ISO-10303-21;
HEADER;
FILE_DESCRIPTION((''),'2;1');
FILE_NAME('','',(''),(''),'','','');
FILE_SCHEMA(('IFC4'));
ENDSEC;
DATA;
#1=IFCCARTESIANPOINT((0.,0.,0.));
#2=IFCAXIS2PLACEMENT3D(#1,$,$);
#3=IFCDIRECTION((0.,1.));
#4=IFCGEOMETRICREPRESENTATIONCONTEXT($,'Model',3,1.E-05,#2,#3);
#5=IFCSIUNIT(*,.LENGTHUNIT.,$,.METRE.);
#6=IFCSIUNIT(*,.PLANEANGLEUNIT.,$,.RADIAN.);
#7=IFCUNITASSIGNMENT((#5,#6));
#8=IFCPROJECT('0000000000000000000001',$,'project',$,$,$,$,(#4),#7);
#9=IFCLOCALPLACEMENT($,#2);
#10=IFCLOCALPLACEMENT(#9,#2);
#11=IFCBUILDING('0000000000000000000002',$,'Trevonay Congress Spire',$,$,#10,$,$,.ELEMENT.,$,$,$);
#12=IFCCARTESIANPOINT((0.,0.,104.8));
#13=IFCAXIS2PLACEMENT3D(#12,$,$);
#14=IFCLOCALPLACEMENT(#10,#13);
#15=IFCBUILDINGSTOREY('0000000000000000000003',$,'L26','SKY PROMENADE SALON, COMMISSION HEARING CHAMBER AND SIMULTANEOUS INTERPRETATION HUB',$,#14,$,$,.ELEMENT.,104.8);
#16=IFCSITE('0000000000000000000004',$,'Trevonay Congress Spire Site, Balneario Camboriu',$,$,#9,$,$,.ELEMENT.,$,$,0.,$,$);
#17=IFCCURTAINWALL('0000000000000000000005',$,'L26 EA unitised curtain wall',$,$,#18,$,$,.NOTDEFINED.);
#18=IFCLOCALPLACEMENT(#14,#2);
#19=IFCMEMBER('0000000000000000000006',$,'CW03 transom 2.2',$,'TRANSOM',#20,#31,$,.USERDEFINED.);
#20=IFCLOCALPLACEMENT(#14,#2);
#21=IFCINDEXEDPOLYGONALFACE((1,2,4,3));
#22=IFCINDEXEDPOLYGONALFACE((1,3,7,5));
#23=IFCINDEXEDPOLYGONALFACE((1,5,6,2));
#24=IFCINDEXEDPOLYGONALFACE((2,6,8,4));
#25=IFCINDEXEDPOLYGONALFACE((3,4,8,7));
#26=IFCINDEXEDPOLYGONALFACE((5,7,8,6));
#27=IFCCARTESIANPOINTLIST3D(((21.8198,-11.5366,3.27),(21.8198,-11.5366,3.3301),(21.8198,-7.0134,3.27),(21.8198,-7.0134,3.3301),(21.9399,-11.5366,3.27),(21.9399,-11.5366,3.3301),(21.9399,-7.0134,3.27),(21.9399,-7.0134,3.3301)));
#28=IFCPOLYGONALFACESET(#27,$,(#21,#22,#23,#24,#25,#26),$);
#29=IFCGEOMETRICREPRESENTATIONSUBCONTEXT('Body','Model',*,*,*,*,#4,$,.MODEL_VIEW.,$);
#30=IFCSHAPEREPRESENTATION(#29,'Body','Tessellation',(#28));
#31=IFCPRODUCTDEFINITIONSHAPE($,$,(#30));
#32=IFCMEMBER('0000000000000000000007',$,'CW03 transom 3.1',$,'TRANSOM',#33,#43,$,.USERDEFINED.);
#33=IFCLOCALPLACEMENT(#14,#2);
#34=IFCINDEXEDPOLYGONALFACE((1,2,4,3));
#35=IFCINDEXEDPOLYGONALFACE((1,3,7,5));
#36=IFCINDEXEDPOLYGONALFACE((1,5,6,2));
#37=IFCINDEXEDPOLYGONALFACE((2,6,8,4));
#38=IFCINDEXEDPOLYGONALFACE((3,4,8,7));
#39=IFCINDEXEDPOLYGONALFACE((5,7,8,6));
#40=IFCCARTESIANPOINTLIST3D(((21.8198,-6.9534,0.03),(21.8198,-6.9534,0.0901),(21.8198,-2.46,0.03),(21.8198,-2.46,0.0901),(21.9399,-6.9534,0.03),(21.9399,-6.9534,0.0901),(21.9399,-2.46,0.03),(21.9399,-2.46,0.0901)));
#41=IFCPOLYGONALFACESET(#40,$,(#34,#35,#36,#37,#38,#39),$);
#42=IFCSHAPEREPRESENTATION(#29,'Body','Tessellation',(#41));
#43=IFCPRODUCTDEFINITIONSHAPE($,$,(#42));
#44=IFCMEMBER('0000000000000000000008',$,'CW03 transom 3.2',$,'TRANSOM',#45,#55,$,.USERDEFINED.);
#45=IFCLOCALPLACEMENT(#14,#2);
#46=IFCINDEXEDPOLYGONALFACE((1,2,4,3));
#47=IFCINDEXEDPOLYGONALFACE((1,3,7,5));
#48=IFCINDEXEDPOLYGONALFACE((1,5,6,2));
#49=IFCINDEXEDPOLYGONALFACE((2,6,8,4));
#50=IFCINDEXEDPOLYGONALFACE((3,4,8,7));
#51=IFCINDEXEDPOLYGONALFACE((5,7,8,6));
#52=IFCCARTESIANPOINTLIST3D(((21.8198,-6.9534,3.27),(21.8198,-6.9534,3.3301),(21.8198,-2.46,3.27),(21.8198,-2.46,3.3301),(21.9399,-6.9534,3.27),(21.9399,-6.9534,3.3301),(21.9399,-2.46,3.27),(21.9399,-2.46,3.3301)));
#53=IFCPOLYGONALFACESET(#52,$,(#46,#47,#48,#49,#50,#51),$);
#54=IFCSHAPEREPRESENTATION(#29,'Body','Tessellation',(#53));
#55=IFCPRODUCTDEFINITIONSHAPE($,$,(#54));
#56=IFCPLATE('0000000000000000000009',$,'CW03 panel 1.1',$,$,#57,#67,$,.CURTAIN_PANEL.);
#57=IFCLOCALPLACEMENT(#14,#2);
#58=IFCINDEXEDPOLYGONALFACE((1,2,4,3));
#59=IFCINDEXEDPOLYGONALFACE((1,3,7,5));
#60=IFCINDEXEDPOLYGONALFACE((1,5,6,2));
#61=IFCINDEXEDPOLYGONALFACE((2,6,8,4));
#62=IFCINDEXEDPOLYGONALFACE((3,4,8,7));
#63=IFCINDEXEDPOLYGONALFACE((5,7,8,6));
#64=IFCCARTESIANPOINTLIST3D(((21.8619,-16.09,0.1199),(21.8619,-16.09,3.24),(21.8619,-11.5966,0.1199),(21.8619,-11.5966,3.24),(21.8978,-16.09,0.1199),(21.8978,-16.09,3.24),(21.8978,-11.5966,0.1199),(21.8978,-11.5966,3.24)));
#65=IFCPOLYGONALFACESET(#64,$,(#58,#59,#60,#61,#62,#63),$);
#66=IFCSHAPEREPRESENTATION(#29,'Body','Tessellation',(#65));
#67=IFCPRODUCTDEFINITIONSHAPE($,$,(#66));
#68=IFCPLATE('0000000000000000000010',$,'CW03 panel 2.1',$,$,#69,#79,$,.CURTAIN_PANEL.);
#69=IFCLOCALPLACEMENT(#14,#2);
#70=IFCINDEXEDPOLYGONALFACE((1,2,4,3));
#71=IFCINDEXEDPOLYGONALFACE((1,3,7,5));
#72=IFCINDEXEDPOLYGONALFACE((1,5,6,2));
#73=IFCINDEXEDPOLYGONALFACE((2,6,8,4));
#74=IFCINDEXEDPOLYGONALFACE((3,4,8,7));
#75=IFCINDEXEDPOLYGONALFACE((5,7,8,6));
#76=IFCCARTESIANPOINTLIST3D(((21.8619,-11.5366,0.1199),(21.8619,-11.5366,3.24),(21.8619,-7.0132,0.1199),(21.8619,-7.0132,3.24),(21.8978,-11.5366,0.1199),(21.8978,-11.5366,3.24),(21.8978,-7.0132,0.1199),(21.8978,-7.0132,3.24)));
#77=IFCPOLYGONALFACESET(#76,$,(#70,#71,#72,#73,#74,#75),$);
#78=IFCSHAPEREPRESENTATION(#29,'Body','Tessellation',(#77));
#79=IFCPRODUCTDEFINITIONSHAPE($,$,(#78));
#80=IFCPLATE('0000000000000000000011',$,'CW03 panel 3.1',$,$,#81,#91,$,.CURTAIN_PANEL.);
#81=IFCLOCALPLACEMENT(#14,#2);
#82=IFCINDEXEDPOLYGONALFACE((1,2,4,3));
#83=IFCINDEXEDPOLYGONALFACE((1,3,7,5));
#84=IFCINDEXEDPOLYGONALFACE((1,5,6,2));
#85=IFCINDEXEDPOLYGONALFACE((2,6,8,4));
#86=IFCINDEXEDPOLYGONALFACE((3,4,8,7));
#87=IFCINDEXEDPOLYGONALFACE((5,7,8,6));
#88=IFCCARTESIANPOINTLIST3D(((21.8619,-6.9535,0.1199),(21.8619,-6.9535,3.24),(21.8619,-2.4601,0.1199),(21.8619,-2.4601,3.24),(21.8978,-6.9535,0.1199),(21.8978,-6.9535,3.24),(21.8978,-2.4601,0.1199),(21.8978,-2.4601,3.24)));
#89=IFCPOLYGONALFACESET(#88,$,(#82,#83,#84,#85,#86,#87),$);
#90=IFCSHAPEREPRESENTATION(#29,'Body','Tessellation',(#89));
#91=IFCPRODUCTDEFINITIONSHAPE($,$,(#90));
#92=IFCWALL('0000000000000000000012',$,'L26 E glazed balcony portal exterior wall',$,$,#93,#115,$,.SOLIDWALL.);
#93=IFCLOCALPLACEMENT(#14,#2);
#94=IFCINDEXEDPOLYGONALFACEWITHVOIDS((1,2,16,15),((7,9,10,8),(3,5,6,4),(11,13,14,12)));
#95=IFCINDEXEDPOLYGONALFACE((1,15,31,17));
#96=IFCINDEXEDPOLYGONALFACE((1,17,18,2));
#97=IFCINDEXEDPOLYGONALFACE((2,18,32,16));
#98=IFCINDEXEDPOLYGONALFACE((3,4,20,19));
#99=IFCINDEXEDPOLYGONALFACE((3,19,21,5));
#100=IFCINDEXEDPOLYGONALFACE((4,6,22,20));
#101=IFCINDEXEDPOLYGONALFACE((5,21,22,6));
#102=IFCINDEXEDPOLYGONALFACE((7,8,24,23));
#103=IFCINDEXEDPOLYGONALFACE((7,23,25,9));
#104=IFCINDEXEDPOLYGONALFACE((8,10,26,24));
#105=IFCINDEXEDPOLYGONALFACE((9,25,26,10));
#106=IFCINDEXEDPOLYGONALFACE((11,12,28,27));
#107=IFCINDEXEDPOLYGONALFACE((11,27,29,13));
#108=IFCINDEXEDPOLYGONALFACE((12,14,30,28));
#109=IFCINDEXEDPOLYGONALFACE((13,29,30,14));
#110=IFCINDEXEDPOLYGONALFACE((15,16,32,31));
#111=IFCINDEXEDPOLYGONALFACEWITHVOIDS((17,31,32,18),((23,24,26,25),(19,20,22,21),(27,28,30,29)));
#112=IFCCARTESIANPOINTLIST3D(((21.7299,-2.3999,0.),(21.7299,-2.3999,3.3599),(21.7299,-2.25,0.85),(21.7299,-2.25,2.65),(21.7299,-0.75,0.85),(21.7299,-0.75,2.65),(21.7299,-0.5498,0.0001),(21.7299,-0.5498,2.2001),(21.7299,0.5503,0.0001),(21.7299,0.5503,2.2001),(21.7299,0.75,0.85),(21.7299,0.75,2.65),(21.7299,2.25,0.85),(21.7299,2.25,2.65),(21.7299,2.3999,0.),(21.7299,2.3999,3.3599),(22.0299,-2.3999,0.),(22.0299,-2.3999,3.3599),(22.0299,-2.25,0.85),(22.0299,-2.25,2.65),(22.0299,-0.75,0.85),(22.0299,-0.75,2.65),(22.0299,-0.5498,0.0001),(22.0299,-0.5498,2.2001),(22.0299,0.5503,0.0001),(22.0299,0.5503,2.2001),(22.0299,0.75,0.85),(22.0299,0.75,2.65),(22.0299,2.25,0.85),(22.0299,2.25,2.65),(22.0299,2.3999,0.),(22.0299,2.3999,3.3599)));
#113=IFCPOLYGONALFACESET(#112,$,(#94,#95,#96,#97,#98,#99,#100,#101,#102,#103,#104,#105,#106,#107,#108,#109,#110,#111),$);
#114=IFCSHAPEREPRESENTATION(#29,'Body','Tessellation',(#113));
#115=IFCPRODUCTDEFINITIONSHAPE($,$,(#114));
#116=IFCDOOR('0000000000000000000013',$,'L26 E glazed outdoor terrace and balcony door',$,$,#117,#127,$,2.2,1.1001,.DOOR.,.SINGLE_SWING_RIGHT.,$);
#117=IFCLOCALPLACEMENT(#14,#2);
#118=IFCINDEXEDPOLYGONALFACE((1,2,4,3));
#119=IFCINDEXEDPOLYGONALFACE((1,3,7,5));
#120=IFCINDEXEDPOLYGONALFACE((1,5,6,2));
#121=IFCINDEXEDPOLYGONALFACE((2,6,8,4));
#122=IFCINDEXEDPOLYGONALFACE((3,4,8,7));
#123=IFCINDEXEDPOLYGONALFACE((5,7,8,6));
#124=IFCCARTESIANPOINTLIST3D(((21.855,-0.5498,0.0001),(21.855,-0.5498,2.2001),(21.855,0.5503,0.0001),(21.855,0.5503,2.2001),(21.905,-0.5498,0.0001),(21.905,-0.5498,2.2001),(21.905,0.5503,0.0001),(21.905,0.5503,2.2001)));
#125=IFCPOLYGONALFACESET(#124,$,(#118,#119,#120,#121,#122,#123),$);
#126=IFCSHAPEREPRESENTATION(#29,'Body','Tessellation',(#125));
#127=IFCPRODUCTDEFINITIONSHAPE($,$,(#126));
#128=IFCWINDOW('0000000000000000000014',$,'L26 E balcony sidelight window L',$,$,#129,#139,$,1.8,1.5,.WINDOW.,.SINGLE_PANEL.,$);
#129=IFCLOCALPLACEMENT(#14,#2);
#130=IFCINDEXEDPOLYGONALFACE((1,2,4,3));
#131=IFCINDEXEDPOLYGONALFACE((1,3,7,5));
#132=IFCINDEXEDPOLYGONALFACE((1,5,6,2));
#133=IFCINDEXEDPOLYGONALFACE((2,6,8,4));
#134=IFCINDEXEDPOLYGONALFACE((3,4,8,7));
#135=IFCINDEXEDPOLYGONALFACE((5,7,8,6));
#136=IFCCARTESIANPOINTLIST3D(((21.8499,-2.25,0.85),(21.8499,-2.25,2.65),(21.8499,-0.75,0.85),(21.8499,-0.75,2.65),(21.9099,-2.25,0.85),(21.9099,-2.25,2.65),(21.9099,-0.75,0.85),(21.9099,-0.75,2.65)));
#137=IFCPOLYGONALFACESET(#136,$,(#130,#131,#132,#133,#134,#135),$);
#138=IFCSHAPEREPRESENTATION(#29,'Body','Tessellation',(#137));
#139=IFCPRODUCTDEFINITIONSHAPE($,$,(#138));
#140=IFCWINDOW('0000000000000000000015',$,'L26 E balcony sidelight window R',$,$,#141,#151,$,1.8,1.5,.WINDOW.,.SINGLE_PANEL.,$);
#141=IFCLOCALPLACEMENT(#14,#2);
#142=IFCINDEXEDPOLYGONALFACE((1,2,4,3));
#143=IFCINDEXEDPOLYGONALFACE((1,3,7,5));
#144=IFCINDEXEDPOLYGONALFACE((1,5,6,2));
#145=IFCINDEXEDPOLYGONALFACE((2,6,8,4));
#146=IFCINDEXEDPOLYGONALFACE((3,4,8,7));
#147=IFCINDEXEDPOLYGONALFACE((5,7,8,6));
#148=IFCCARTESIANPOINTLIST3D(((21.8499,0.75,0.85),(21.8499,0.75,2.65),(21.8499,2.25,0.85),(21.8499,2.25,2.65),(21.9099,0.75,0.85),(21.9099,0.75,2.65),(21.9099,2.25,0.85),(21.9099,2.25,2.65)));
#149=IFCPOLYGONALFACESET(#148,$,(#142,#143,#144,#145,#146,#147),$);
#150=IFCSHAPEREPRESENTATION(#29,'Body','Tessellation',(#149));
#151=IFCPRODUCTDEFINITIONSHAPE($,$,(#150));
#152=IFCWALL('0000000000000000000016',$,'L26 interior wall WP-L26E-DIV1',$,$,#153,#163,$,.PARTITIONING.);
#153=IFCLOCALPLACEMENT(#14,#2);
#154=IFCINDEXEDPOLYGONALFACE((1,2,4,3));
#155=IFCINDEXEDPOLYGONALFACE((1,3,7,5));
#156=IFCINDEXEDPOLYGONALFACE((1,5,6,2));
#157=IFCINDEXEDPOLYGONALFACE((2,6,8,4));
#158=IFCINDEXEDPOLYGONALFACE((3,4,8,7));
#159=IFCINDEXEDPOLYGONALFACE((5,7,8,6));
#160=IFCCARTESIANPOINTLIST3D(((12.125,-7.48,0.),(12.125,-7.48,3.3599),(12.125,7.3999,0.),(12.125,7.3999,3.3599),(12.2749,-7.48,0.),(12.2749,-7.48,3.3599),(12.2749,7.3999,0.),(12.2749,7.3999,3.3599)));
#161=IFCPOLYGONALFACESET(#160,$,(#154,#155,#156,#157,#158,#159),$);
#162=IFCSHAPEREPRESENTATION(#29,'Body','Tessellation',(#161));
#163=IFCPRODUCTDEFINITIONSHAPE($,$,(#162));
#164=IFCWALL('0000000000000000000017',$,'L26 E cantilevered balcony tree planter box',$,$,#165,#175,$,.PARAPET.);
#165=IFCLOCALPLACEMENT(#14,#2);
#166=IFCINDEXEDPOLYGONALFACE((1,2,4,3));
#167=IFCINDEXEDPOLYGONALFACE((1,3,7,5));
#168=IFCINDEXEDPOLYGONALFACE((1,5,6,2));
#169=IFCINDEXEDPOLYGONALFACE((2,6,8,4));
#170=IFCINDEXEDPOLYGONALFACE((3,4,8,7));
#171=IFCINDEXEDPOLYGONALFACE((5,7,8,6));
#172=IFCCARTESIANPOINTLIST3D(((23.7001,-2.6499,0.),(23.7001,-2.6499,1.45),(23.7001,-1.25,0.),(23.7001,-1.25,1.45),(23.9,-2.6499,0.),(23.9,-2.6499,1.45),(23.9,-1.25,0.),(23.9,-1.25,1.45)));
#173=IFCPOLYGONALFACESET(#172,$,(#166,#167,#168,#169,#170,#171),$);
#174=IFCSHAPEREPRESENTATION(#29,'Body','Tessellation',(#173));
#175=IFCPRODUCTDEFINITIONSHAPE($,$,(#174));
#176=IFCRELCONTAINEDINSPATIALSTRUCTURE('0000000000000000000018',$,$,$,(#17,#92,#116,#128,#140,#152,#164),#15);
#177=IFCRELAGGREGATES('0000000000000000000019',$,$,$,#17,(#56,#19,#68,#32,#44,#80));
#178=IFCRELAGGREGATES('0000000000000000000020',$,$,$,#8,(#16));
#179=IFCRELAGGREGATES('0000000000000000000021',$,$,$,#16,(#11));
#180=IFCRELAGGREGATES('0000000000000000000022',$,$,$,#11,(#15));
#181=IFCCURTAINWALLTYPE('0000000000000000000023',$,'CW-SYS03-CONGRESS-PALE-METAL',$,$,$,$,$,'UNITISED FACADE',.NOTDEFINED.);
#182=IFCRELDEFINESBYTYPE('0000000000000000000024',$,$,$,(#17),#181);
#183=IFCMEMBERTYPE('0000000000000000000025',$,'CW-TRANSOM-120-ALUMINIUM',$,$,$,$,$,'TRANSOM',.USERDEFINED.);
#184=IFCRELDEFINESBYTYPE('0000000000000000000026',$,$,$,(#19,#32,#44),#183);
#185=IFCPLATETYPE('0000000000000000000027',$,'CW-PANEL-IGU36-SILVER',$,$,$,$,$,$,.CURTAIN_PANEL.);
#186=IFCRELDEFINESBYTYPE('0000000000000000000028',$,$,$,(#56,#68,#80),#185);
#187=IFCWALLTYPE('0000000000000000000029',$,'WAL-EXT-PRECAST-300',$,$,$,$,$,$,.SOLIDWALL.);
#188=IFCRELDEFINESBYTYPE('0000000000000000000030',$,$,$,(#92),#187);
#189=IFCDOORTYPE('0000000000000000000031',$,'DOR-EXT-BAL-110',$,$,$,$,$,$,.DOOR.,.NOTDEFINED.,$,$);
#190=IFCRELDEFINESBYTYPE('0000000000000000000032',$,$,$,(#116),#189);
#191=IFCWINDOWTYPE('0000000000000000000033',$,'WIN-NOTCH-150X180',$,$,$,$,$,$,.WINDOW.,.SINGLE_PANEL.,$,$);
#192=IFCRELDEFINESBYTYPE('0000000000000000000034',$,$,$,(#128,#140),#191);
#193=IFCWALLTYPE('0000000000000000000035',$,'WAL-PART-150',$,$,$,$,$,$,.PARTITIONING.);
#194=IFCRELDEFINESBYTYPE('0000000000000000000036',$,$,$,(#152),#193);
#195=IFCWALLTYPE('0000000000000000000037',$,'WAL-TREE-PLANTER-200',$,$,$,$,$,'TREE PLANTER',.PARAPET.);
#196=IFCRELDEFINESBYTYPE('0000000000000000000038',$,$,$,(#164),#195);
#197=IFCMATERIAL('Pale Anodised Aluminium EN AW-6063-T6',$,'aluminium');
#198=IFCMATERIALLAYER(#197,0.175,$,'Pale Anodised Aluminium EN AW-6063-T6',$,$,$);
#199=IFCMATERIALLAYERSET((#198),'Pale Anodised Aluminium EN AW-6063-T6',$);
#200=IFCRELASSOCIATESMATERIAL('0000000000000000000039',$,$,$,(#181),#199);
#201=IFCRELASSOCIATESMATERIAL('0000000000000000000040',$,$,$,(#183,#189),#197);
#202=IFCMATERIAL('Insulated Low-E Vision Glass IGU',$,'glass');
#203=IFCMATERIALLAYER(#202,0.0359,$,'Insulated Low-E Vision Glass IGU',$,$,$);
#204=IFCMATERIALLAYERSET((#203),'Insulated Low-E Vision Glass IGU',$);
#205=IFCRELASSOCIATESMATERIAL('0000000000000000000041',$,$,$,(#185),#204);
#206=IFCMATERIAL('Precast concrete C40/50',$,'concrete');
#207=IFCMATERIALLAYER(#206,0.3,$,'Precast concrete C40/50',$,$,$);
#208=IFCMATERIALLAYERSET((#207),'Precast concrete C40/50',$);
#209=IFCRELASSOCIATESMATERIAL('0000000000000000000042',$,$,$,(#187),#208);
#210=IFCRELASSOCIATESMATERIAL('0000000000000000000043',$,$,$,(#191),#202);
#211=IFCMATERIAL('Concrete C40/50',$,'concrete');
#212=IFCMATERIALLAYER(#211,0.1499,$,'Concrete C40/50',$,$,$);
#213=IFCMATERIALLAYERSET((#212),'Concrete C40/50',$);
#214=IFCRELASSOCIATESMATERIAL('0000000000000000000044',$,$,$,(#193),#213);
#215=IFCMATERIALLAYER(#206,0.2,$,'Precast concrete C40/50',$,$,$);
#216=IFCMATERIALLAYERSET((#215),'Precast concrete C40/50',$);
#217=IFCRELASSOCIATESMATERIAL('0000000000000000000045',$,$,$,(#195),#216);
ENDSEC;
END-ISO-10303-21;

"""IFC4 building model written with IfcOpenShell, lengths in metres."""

from ifc_helpers import new_model, si_unit, direction, frame, frame_2d, origin, origin_2d, place, context, subcontext, project, spatial, rectangle, extrude, material, layer, layer_set, material_profile, profile_set, type_object, element, fill, aggregate, save


model = new_model("IFC4")

# Units and contexts
model_context = context("Model", 3, precision=1e-05, world=origin(), true_north=direction((0.0, 1.0)))
body_context = subcontext(model_context, "Body", "Model", "MODEL_VIEW")
ifc_project = project(units=[si_unit("LENGTHUNIT", "METRE"), si_unit("PLANEANGLEUNIT", "RADIAN")], contexts=[model_context])

# Site, building, storey
site_placement = place(None, origin())
site = spatial("IfcSite", under=ifc_project, at=site_placement, Name="Trevonay Congress Spire Site, Balneario Camboriu", CompositionType="ELEMENT", RefElevation=0.0)
building_placement = place(site_placement, origin())
building = spatial("IfcBuilding", under=site, at=building_placement, Name="Trevonay Congress Spire", CompositionType="ELEMENT")
storey_placement = place(building_placement, frame((0.0, 0.0, 104.8)))
storey = spatial("IfcBuildingStorey", under=building, at=storey_placement, Name="L26", Description="SKY PROMENADE SALON, COMMISSION HEARING CHAMBER AND SIMULTANEOUS INTERPRETATION HUB", CompositionType="ELEMENT", Elevation=104.8)

# Curtain wall, members, plates
ifc_material_1 = material(Name="Pale Anodised Aluminium EN AW-6063-T6", Category="aluminium")
ifc_layer_1 = layer(ifc_material_1, 0.175, Name="Pale Anodised Aluminium EN AW-6063-T6")
ifc_layer_set_1 = layer_set([ifc_layer_1], Name="Pale Anodised Aluminium EN AW-6063-T6")
curtain_wall_type = type_object("IfcCurtainWallType", Name="CW-SYS03-CONGRESS-PALE-METAL", ElementType="UNITISED FACADE", PredefinedType="NOTDEFINED", material=ifc_layer_set_1)
curtain_wall_placement = place(storey_placement, origin())
curtain_wall = element("IfcCurtainWall", 1, at=curtain_wall_placement, inside=storey, type_object=curtain_wall_type, Name="L26 EA unitised curtain wall", PredefinedType="NOTDEFINED")
ifc_material_profile_1 = material_profile(ifc_material_1, rectangle(XDim=0.1201, YDim=0.0601, at=origin_2d()), Name="CW-TRANSOM-120-ALUMINIUM")
ifc_profile_set_1 = profile_set([ifc_material_profile_1], Name="Pale Anodised Aluminium EN AW-6063-T6")
member_type_1 = type_object("IfcMemberType", Name="CW-TRANSOM-120-ALUMINIUM", ElementType="TRANSOM", PredefinedType="USERDEFINED", material=ifc_profile_set_1)
member_1_placement = place(storey_placement, frame((21.8799, -11.5366, 3.3), z_axis=(0.0, 1.0, 0.0), x_axis=(-1.0, 0.0, 0.0)))
member_1 = element("IfcMember", 2, at=member_1_placement, type_object=member_type_1, Name="CW03 transom 2.2", ObjectType="TRANSOM", PredefinedType="USERDEFINED", context=body_context, shape_type="SweptSolid", body=[
    extrude(rectangle(XDim=0.1201, YDim=0.0601, at=origin_2d()), origin(), (0.0, 0.0, 1.0), 4.5232),
])
member_2_placement = place(storey_placement, frame((21.8799, -6.9534, 0.0601), z_axis=(0.0, 1.0, 0.0), x_axis=(-1.0, 0.0, 0.0)))
member_2 = element("IfcMember", 3, at=member_2_placement, type_object=member_type_1, Name="CW03 transom 3.1", ObjectType="TRANSOM", PredefinedType="USERDEFINED", context=body_context, shape_type="SweptSolid", body=[
    extrude(rectangle(XDim=0.1201, YDim=0.0601, at=origin_2d()), origin(), (0.0, 0.0, 1.0), 4.4934),
])
member_3_placement = place(storey_placement, frame((21.8799, -6.9534, 3.3), z_axis=(0.0, 1.0, 0.0), x_axis=(-1.0, 0.0, 0.0)))
member_3 = element("IfcMember", 4, at=member_3_placement, type_object=member_type_1, Name="CW03 transom 3.2", ObjectType="TRANSOM", PredefinedType="USERDEFINED", context=body_context, shape_type="SweptSolid", body=[
    extrude(rectangle(XDim=0.1201, YDim=0.0601, at=origin_2d()), origin(), (0.0, 0.0, 1.0), 4.4934),
])
ifc_material_2 = material(Name="Insulated Low-E Vision Glass IGU", Category="glass")
ifc_layer_2 = layer(ifc_material_2, 0.0359, Name="Insulated Low-E Vision Glass IGU")
ifc_layer_set_2 = layer_set([ifc_layer_2], Name="Insulated Low-E Vision Glass IGU")
plate_type = type_object("IfcPlateType", Name="CW-PANEL-IGU36-SILVER", PredefinedType="CURTAIN_PANEL", material=ifc_layer_set_2)
plate_1_placement = place(storey_placement, frame((21.8799, -13.8433, 0.1199), z_axis=(0.0, 0.0, 1.0), x_axis=(0.0, 1.0, 0.0)))
plate_1 = element("IfcPlate", 5, at=plate_1_placement, type_object=plate_type, Name="CW03 panel 1.1", PredefinedType="CURTAIN_PANEL", context=body_context, shape_type="SweptSolid", body=[
    extrude(rectangle(XDim=4.4934, YDim=0.0359, at=origin_2d()), origin(), (0.0, 0.0, 1.0), 3.1201),
])
plate_2_placement = place(storey_placement, frame((21.8799, -9.2749, 0.1199), z_axis=(0.0, 0.0, 1.0), x_axis=(0.0, 1.0, 0.0)))
plate_2 = element("IfcPlate", 6, at=plate_2_placement, type_object=plate_type, Name="CW03 panel 2.1", PredefinedType="CURTAIN_PANEL", context=body_context, shape_type="SweptSolid", body=[
    extrude(rectangle(XDim=4.5234, YDim=0.0359, at=origin_2d()), origin(), (0.0, 0.0, 1.0), 3.1201),
])
plate_3_placement = place(storey_placement, frame((21.8799, -4.7068, 0.1199), z_axis=(0.0, 0.0, 1.0), x_axis=(0.0, 1.0, 0.0)))
plate_3 = element("IfcPlate", 7, at=plate_3_placement, type_object=plate_type, Name="CW03 panel 3.1", PredefinedType="CURTAIN_PANEL", context=body_context, shape_type="SweptSolid", body=[
    extrude(rectangle(XDim=4.4934, YDim=0.0359, at=origin_2d()), origin(), (0.0, 0.0, 1.0), 3.1201),
])
aggregate(curtain_wall, [plate_1, member_1, plate_2, member_2, member_3, plate_3])

# Wall, openings, door, windows
ifc_material_3 = material(Name="Precast concrete C40/50", Category="concrete")
ifc_layer_3 = layer(ifc_material_3, 0.3, Name="Precast concrete C40/50")
ifc_layer_set_3 = layer_set([ifc_layer_3], Name="Precast concrete C40/50")
wall_type_1 = type_object("IfcWallType", Name="WAL-EXT-PRECAST-300", PredefinedType="SOLIDWALL", material=ifc_layer_set_3)
wall_1_placement = place(storey_placement, frame((21.8799, -2.3999, 0.0), z_axis=(0.0, 0.0, 1.0), x_axis=(0.0, 1.0, 0.0)))
wall_1 = element("IfcWall", 8, at=wall_1_placement, inside=storey, type_object=wall_type_1, Name="L26 E glazed balcony portal exterior wall", PredefinedType="SOLIDWALL", context=body_context, shape_type="SweptSolid", body=[
    extrude(rectangle(XDim=4.7998, YDim=0.3, at=frame_2d((2.3999, 0.0))), origin(), (0.0, 0.0, 1.0), 3.3599),
])
opening_1_placement = place(wall_1_placement, frame((1.8501, 0.0, 0.0)))
opening_1 = element("IfcOpeningElement", 9, at=opening_1_placement, cuts=wall_1, PredefinedType="OPENING", context=body_context, shape_type="SweptSolid", body=[
    extrude(rectangle(XDim=1.1001, YDim=2.2, at=frame_2d((0.55, 1.1001))), frame((0.0, 0.1602, 0.0), z_axis=(0.0, -1.0, 0.0), x_axis=(1.0, 0.0, 0.0)), (0.0, 0.0, 1.0), 0.3201),
])
opening_2_placement = place(wall_1_placement, frame((0.1499, 0.0, 0.8501)))
opening_2 = element("IfcOpeningElement", 10, at=opening_2_placement, cuts=wall_1, PredefinedType="OPENING", context=body_context, shape_type="SweptSolid", body=[
    extrude(rectangle(XDim=1.5, YDim=1.8, at=frame_2d((0.75, 0.8999))), frame((0.0, 0.1602, 0.0), z_axis=(0.0, -1.0, 0.0), x_axis=(1.0, 0.0, 0.0)), (0.0, 0.0, 1.0), 0.3201),
])
opening_3_placement = place(wall_1_placement, frame((3.1499, 0.0, 0.8501)))
opening_3 = element("IfcOpeningElement", 11, at=opening_3_placement, cuts=wall_1, PredefinedType="OPENING", context=body_context, shape_type="SweptSolid", body=[
    extrude(rectangle(XDim=1.5, YDim=1.8, at=frame_2d((0.75, 0.8999))), frame((0.0, 0.1602, 0.0), z_axis=(0.0, -1.0, 0.0), x_axis=(1.0, 0.0, 0.0)), (0.0, 0.0, 1.0), 0.3201),
])
door_type = type_object("IfcDoorType", Name="DOR-EXT-BAL-110", OperationType="NOTDEFINED", PredefinedType="DOOR", material=ifc_material_1)
door_placement = place(opening_1_placement, origin())
door = element("IfcDoor", 12, at=door_placement, inside=storey, type_object=door_type, Name="L26 E glazed outdoor terrace and balcony door", OperationType="SINGLE_SWING_RIGHT", OverallHeight=2.2, OverallWidth=1.1001, PredefinedType="DOOR", context=body_context, shape_type="SweptSolid", body=[
    extrude(rectangle(XDim=1.1001, YDim=2.2, at=frame_2d((0.55, 1.1001))), frame((0.0, 0.0249, 0.0), z_axis=(0.0, -1.0, 0.0), x_axis=(1.0, 0.0, 0.0)), (0.0, 0.0, 1.0), 0.05),
])
fill(opening_1, door)
window_type = type_object("IfcWindowType", Name="WIN-NOTCH-150X180", PartitioningType="SINGLE_PANEL", PredefinedType="WINDOW", material=ifc_material_2)
window_1_placement = place(opening_2_placement, origin())
window_1 = element("IfcWindow", 13, at=window_1_placement, inside=storey, type_object=window_type, Name="L26 E balcony sidelight window L", OverallHeight=1.8, OverallWidth=1.5, PartitioningType="SINGLE_PANEL", PredefinedType="WINDOW", context=body_context, shape_type="SweptSolid", body=[
    extrude(rectangle(XDim=1.5, YDim=1.8, at=frame_2d((0.75, 0.8999))), frame((0.0, 0.03, 0.0), z_axis=(0.0, -1.0, 0.0), x_axis=(1.0, 0.0, 0.0)), (0.0, 0.0, 1.0), 0.0601),
])
fill(opening_2, window_1)
window_2_placement = place(opening_3_placement, origin())
window_2 = element("IfcWindow", 14, at=window_2_placement, inside=storey, type_object=window_type, Name="L26 E balcony sidelight window R", OverallHeight=1.8, OverallWidth=1.5, PartitioningType="SINGLE_PANEL", PredefinedType="WINDOW", context=body_context, shape_type="SweptSolid", body=[
    extrude(rectangle(XDim=1.5, YDim=1.8, at=frame_2d((0.75, 0.8999))), frame((0.0, 0.03, 0.0), z_axis=(0.0, -1.0, 0.0), x_axis=(1.0, 0.0, 0.0)), (0.0, 0.0, 1.0), 0.0601),
])
fill(opening_3, window_2)

# Walls
ifc_material_4 = material(Name="Concrete C40/50", Category="concrete")
ifc_layer_4 = layer(ifc_material_4, 0.1499, Name="Concrete C40/50")
ifc_layer_set_4 = layer_set([ifc_layer_4], Name="Concrete C40/50")
wall_type_2 = type_object("IfcWallType", Name="WAL-PART-150", PredefinedType="PARTITIONING", material=ifc_layer_set_4)
wall_2_placement = place(storey_placement, frame((12.2, -7.48, 0.0), z_axis=(0.0, 0.0, 1.0), x_axis=(0.0, 1.0, 0.0)))
element("IfcWall", 15, at=wall_2_placement, inside=storey, type_object=wall_type_2, Name="L26 interior wall WP-L26E-DIV1", PredefinedType="PARTITIONING", context=body_context, shape_type="SweptSolid", body=[
    extrude(rectangle(XDim=14.8799, YDim=0.1499, at=frame_2d((7.4399, 0.0))), origin(), (0.0, 0.0, 1.0), 3.3599),
])
ifc_layer_5 = layer(ifc_material_3, 0.2, Name="Precast concrete C40/50")
ifc_layer_set_5 = layer_set([ifc_layer_5], Name="Precast concrete C40/50")
wall_type_3 = type_object("IfcWallType", Name="WAL-TREE-PLANTER-200", ElementType="TREE PLANTER", PredefinedType="PARAPET", material=ifc_layer_set_5)
wall_3_placement = place(storey_placement, frame((23.8, -2.6499, 0.0), z_axis=(0.0, 0.0, 1.0), x_axis=(0.0, 1.0, 0.0)))
element("IfcWall", 16, at=wall_3_placement, inside=storey, type_object=wall_type_3, Name="L26 E cantilevered balcony tree planter box", PredefinedType="PARAPET", context=body_context, shape_type="SweptSolid", body=[
    extrude(rectangle(XDim=1.3999, YDim=0.2, at=frame_2d((0.7, 0.0))), origin(), (0.0, 0.0, 1.0), 1.45),
])

save(model, "model.ifc")
